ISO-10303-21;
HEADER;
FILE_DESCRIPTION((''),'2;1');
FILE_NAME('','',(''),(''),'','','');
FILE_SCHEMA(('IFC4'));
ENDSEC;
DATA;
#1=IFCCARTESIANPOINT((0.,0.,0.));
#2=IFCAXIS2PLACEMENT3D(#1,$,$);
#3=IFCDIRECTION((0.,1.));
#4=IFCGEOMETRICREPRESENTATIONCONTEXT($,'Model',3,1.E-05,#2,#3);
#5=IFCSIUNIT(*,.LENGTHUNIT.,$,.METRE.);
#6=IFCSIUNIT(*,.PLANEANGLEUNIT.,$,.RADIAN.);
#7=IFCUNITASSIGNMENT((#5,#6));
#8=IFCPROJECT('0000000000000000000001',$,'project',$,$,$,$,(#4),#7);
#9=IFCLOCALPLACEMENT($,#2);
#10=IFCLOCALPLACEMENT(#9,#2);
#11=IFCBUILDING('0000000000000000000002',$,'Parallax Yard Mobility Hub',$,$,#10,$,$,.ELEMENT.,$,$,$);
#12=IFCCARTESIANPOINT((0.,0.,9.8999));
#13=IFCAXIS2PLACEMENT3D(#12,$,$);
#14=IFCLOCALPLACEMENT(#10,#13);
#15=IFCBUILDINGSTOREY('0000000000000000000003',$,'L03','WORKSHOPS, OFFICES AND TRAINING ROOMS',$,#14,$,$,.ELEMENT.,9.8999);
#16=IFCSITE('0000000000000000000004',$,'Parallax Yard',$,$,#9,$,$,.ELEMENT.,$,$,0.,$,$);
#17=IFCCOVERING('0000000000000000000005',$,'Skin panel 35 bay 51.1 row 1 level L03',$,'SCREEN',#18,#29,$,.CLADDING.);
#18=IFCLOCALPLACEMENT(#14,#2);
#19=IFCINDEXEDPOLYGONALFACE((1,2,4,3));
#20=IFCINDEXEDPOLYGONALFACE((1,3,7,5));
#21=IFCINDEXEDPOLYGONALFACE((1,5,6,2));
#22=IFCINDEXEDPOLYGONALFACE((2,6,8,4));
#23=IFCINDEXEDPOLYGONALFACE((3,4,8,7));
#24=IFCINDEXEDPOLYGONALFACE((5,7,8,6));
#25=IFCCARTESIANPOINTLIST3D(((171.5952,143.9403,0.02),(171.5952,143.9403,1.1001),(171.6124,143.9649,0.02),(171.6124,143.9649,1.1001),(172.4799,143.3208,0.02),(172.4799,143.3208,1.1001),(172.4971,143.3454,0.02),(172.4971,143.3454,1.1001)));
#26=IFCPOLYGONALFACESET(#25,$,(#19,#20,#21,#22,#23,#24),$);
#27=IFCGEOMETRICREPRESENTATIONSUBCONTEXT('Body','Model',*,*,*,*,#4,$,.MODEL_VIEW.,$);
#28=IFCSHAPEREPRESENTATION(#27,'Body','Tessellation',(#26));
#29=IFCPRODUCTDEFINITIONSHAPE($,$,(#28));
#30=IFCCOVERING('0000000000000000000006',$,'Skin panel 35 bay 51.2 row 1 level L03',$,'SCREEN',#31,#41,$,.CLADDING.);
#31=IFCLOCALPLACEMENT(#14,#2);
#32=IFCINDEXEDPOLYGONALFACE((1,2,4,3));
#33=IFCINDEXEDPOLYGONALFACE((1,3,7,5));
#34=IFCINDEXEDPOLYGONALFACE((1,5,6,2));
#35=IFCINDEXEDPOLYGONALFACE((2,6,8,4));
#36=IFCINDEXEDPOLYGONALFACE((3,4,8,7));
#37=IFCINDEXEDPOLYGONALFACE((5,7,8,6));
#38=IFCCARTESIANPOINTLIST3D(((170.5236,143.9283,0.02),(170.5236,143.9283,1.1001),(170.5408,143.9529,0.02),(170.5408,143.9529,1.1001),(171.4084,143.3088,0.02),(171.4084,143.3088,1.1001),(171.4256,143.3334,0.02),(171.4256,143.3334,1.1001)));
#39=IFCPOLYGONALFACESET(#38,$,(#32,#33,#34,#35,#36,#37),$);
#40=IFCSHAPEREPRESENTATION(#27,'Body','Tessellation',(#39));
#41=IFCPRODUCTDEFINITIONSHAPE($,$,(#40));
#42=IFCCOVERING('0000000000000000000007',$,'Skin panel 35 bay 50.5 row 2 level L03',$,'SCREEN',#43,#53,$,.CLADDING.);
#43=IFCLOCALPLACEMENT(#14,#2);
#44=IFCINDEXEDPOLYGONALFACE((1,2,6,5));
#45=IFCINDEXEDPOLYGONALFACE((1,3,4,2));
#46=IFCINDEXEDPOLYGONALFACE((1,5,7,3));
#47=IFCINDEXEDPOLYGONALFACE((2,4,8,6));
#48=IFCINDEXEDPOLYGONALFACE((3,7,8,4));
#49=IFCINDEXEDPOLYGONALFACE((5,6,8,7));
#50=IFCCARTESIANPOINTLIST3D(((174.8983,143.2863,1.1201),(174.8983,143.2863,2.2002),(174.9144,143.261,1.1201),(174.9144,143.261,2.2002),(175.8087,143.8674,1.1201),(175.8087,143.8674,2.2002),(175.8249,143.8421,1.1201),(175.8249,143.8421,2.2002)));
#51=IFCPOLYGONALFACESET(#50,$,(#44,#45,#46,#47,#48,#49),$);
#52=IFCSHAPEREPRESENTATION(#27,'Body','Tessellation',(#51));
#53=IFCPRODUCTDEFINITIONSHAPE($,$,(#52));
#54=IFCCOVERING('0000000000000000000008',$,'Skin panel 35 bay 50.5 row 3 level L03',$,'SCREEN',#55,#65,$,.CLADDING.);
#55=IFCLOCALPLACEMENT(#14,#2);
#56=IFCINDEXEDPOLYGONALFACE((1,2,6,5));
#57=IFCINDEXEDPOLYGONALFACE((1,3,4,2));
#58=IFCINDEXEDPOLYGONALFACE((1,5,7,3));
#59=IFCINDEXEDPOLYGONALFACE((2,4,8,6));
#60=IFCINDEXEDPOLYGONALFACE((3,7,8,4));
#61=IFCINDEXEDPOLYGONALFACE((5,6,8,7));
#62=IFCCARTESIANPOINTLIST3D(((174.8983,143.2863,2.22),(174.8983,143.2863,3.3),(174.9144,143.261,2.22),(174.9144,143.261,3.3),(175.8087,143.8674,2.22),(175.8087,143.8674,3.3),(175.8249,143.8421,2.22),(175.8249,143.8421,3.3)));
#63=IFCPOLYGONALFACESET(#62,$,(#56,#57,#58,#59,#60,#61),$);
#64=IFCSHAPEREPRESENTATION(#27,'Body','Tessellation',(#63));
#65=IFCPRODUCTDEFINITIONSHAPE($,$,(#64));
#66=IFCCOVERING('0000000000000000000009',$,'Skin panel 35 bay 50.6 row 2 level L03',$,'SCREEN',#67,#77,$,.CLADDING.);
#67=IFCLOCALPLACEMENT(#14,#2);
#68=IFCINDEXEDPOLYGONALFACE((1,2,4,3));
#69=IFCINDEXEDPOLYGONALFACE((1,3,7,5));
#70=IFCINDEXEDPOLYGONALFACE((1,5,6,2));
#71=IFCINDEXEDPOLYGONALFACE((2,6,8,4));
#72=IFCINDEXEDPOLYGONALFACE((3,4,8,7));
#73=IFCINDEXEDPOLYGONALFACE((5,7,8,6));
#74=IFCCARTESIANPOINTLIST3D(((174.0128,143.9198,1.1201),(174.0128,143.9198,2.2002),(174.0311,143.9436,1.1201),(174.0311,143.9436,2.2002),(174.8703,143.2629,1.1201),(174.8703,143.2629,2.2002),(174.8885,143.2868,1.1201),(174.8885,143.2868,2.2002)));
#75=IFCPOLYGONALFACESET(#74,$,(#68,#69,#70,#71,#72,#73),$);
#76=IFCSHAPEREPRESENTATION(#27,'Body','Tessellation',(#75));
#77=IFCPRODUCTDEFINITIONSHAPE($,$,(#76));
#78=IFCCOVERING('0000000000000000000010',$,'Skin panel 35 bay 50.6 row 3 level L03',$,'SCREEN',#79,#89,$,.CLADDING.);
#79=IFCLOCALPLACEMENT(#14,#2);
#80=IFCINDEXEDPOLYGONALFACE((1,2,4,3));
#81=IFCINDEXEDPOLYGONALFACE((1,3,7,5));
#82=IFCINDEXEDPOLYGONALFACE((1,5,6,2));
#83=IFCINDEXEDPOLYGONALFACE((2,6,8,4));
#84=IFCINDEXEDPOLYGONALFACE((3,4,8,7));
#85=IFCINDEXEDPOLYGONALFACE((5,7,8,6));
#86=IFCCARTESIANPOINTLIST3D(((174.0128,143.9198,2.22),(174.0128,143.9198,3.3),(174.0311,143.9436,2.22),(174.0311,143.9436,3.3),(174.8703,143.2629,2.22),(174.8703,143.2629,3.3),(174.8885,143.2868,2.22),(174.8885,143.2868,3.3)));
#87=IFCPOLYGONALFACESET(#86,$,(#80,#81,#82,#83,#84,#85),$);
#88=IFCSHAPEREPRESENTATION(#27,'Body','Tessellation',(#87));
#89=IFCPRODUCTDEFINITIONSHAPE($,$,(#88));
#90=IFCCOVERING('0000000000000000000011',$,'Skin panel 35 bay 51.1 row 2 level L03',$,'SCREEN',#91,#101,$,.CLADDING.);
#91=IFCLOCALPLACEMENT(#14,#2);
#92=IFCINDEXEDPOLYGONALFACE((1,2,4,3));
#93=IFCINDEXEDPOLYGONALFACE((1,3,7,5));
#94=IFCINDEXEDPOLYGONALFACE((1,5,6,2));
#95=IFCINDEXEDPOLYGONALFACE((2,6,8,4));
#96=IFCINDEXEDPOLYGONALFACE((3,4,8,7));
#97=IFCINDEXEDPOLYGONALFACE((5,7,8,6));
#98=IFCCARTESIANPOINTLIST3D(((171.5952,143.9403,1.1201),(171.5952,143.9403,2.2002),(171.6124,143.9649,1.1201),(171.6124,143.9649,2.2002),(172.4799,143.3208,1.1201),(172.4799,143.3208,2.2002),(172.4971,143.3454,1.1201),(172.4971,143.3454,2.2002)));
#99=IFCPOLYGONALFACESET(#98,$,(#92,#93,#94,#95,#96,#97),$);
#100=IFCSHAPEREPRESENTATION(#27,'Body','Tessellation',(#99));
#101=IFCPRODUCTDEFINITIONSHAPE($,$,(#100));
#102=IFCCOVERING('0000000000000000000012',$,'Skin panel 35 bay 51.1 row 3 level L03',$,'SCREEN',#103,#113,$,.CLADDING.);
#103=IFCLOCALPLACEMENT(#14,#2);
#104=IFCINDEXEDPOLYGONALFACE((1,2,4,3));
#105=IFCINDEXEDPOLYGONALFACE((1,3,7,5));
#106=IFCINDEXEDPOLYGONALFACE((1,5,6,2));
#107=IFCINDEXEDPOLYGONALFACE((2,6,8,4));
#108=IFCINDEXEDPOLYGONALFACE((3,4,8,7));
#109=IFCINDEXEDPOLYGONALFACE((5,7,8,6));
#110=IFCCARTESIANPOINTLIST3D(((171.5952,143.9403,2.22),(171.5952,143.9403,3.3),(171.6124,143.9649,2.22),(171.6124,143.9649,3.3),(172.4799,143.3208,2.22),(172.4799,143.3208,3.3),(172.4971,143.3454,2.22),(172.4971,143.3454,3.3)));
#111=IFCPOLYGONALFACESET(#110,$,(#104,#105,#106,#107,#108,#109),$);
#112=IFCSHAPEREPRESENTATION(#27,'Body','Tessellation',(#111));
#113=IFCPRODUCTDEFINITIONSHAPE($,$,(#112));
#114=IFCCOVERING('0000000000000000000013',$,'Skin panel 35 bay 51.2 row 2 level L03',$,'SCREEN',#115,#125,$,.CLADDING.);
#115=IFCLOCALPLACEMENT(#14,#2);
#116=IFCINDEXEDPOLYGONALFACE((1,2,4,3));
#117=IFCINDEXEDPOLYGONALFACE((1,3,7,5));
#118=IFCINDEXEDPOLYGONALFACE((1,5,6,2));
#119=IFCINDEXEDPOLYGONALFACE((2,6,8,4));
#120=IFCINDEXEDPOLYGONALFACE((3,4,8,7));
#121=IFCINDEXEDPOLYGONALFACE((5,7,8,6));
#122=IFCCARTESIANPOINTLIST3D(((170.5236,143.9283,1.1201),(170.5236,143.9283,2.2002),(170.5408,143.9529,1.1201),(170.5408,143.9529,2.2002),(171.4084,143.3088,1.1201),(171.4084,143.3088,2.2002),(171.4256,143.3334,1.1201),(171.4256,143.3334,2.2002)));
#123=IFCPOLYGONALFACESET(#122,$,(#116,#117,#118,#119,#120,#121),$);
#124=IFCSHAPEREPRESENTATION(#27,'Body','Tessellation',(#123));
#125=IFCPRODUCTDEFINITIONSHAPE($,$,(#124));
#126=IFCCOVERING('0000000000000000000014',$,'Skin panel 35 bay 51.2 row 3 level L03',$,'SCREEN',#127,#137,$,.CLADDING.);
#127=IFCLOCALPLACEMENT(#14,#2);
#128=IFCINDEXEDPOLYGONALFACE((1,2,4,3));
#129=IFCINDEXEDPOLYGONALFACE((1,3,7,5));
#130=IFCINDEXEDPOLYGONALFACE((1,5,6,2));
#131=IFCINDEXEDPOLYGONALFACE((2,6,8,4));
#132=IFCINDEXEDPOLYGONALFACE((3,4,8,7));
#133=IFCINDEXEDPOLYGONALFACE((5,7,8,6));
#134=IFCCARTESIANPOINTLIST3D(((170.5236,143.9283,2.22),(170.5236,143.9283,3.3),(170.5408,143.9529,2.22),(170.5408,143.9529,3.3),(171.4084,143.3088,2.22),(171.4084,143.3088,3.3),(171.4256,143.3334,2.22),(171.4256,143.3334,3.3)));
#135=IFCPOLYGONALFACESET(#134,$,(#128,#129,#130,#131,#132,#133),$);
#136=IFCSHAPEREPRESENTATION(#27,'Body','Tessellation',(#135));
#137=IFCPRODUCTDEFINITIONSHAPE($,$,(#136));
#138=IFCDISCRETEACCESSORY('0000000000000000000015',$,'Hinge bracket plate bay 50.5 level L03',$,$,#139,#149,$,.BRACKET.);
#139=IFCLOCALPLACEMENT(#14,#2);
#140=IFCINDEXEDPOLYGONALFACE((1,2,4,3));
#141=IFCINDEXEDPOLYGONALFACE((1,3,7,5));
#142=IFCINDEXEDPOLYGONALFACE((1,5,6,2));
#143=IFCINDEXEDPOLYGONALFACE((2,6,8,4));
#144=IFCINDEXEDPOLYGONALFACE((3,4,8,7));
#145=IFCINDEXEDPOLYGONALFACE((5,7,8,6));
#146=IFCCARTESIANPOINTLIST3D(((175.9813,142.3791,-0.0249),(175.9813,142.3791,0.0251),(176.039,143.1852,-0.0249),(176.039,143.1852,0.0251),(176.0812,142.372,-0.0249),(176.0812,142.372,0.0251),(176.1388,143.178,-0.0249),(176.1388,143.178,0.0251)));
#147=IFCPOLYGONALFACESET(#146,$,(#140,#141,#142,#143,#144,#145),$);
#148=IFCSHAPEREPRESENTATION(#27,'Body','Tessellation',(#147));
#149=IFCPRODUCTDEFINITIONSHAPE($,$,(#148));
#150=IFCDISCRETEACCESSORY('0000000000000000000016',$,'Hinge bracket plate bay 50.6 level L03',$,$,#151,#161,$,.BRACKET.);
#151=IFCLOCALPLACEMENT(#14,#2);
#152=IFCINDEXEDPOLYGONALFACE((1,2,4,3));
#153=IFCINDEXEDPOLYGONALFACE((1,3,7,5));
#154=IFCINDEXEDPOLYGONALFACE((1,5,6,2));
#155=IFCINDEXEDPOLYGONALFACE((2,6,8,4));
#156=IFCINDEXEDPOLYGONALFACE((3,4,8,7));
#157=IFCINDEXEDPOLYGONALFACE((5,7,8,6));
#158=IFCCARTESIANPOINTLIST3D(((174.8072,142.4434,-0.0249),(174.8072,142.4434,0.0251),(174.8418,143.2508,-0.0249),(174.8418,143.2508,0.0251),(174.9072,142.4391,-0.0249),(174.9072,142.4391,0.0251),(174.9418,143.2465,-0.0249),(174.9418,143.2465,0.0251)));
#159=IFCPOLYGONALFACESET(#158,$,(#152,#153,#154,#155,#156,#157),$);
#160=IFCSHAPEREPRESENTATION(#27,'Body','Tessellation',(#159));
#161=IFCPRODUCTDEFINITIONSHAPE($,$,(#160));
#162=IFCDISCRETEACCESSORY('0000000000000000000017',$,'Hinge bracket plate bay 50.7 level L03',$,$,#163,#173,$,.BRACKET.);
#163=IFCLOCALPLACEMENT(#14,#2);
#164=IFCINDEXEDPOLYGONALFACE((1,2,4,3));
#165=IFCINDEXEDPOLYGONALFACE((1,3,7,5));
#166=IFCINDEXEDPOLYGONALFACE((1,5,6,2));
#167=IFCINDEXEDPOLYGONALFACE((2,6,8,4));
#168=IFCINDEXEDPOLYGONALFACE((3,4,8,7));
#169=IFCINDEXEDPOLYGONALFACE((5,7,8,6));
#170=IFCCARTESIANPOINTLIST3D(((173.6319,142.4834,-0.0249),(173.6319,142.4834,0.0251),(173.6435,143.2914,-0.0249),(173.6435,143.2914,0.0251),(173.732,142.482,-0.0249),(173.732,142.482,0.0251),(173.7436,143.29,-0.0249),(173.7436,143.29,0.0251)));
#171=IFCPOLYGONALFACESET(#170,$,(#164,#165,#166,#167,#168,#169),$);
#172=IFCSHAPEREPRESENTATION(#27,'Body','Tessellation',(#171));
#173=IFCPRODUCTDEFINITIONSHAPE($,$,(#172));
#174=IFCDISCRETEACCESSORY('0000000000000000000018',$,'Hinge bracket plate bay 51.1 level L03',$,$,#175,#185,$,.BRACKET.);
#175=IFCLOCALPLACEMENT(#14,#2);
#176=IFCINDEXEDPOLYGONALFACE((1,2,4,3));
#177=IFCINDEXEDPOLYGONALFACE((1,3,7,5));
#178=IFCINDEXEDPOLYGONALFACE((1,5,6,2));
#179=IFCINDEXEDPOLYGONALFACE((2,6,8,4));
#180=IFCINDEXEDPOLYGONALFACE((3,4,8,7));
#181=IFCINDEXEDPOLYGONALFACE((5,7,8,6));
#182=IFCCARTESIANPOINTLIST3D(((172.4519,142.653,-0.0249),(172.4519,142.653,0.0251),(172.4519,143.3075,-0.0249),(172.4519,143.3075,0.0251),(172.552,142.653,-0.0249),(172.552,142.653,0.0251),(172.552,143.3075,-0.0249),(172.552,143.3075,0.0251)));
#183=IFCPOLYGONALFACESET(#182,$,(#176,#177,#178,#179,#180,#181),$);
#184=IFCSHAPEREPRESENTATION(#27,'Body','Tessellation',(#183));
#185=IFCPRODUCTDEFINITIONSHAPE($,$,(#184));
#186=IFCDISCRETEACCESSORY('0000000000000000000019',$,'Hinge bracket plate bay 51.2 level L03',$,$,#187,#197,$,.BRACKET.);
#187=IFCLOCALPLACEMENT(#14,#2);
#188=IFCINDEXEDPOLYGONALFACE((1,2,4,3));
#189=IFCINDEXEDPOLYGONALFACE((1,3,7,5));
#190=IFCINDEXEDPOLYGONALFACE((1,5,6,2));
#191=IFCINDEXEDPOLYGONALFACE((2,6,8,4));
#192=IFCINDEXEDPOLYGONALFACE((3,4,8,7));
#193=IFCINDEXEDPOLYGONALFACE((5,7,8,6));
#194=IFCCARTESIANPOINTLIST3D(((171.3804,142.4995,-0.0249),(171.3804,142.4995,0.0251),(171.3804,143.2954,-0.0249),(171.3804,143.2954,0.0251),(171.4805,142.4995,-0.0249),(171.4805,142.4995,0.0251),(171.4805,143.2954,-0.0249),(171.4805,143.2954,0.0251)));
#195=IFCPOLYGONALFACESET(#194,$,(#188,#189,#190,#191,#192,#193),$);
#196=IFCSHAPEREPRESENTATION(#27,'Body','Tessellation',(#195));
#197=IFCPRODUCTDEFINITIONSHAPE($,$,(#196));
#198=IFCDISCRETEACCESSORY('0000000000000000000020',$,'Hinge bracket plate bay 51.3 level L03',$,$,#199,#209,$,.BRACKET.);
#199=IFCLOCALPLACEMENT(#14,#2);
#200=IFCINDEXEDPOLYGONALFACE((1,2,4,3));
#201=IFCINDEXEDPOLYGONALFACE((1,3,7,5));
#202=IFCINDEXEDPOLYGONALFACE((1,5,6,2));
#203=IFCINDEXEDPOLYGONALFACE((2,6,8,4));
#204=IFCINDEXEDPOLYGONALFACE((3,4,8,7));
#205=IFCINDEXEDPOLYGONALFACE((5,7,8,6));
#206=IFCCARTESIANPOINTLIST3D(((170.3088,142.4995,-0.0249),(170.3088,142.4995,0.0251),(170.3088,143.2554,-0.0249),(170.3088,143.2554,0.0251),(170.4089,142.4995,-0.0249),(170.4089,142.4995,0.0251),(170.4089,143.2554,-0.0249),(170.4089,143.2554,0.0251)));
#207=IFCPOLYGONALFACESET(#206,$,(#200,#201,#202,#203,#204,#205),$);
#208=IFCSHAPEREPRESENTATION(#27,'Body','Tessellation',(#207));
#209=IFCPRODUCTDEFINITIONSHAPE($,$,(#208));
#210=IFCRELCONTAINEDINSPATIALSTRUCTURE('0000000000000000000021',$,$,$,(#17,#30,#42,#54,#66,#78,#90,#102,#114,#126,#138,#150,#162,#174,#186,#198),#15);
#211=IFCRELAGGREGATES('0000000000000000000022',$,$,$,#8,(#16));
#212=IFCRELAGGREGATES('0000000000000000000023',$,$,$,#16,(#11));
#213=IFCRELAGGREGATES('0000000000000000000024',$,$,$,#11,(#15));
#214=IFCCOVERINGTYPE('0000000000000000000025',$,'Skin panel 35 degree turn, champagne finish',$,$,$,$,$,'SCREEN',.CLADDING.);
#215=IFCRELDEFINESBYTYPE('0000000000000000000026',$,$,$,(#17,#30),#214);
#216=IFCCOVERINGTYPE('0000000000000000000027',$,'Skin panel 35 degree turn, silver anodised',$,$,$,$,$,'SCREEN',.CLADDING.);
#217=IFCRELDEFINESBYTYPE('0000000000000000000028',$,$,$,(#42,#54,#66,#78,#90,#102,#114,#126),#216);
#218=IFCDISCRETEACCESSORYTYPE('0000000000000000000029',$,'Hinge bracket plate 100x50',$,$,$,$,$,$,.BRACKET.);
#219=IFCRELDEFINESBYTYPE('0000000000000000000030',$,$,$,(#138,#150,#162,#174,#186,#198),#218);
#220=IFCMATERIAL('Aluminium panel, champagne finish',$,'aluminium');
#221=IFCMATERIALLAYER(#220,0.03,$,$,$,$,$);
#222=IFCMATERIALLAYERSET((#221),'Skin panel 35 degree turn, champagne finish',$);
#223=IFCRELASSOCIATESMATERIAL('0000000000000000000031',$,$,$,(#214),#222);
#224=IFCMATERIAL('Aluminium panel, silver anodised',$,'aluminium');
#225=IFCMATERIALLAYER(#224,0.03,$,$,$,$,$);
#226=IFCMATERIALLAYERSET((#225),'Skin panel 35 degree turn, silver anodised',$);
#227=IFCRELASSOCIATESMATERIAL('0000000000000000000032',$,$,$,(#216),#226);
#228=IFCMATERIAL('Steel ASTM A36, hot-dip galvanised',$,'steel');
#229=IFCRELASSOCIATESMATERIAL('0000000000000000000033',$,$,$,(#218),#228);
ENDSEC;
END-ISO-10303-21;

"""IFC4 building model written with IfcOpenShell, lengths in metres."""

from ifc_helpers import new_model, si_unit, direction, frame, origin, origin_2d, place, context, subcontext, project, spatial, rectangle, extrude, material, layer, layer_set, type_object, element, save


model = new_model("IFC4")

# Units and contexts
model_context = context("Model", 3, precision=1e-05, world=origin(), true_north=direction((0.0, 1.0)))
body_context = subcontext(model_context, "Body", "Model", "MODEL_VIEW")
ifc_project = project(units=[si_unit("LENGTHUNIT", "METRE"), si_unit("PLANEANGLEUNIT", "RADIAN")], contexts=[model_context])

# Site, building, storey
site_placement = place(None, origin())
site = spatial("IfcSite", under=ifc_project, at=site_placement, Name="Parallax Yard", CompositionType="ELEMENT", RefElevation=0.0)
building_placement = place(site_placement, origin())
building = spatial("IfcBuilding", under=site, at=building_placement, Name="Parallax Yard Mobility Hub", CompositionType="ELEMENT")
storey_placement = place(building_placement, frame((0.0, 0.0, 9.8999)))
storey = spatial("IfcBuildingStorey", under=building, at=storey_placement, Name="L03", Description="WORKSHOPS, OFFICES AND TRAINING ROOMS", CompositionType="ELEMENT", Elevation=9.8999)

# Coverings
ifc_material_1 = material(Name="Aluminium panel, champagne finish", Category="aluminium")
ifc_material_2 = material(Name="Aluminium panel, silver anodised", Category="aluminium")
ifc_layer_1 = layer(ifc_material_1, 0.03)
ifc_layer_set_1 = layer_set([ifc_layer_1], Name="Skin panel 35 degree turn, champagne finish")
covering_type_1 = type_object("IfcCoveringType", Name="Skin panel 35 degree turn, champagne finish", ElementType="SCREEN", PredefinedType="CLADDING", material=ifc_layer_set_1)
for number, where, z_axis, x_axis, name in (
    (1, (172.0461, 143.6428, 0.02), (0.0, 0.0, 1.0), (-0.819152, 0.573576, 0.0), "Skin panel 35 bay 51.1 row 1 level L03"),
    (2, (170.9746, 143.6309, 0.02), (0.0, 0.0, 1.0), (-0.819152, 0.573576, 0.0), "Skin panel 35 bay 51.2 row 1 level L03"),
):
    element("IfcCovering", number, at=place(storey_placement, frame(where, z_axis=z_axis, x_axis=x_axis)), inside=storey, type_object=covering_type_1, Name=name, ObjectType="SCREEN", PredefinedType="CLADDING", context=body_context, shape_type="SweptSolid", body=[
        extrude(rectangle(XDim=1.0801, YDim=0.03, at=origin_2d()), origin(), (0.0, 0.0, 1.0), 1.0801),
    ])
ifc_layer_2 = layer(ifc_material_2, 0.03)
ifc_layer_set_2 = layer_set([ifc_layer_2], Name="Skin panel 35 degree turn, silver anodised")
covering_type_2 = type_object("IfcCoveringType", Name="Skin panel 35 degree turn, silver anodised", ElementType="SCREEN", PredefinedType="CLADDING", material=ifc_layer_set_2)
for number, where, z_axis, x_axis, name in (
    (3, (175.3616, 143.5642, 1.1201), (0.0, 0.0, 1.0), (0.842964, 0.537969, 0.0), "Skin panel 35 bay 50.5 row 2 level L03"),
    (4, (175.3616, 143.5642, 2.22), (0.0, 0.0, 1.0), (0.842964, 0.537969, 0.0), "Skin panel 35 bay 50.5 row 3 level L03"),
    (5, (174.4507, 143.6033, 1.1201), (0.0, 0.0, 1.0), (-0.793837, 0.608131, 0.0), "Skin panel 35 bay 50.6 row 2 level L03"),
    (6, (174.4507, 143.6033, 2.22), (0.0, 0.0, 1.0), (-0.793837, 0.608131, 0.0), "Skin panel 35 bay 50.6 row 3 level L03"),
    (7, (172.0461, 143.6428, 1.1201), (0.0, 0.0, 1.0), (-0.819152, 0.573576, 0.0), "Skin panel 35 bay 51.1 row 2 level L03"),
    (8, (172.0461, 143.6428, 2.22), (0.0, 0.0, 1.0), (-0.819152, 0.573576, 0.0), "Skin panel 35 bay 51.1 row 3 level L03"),
    (9, (170.9746, 143.6309, 1.1201), (0.0, 0.0, 1.0), (-0.819152, 0.573576, 0.0), "Skin panel 35 bay 51.2 row 2 level L03"),
    (10, (170.9746, 143.6309, 2.22), (0.0, 0.0, 1.0), (-0.819152, 0.573576, 0.0), "Skin panel 35 bay 51.2 row 3 level L03"),
):
    element("IfcCovering", number, at=place(storey_placement, frame(where, z_axis=z_axis, x_axis=x_axis)), inside=storey, type_object=covering_type_2, Name=name, ObjectType="SCREEN", PredefinedType="CLADDING", context=body_context, shape_type="SweptSolid", body=[
        extrude(rectangle(XDim=1.0801, YDim=0.03, at=origin_2d()), origin(), (0.0, 0.0, 1.0), 1.0801),
    ])

# Discrete accessories
ifc_material_3 = material(Name="Steel ASTM A36, hot-dip galvanised", Category="steel")
discrete_accessory_type_1 = type_object("IfcDiscreteAccessoryType", Name="Hinge bracket plate 100x50", PredefinedType="BRACKET", material=ifc_material_3)
for number, where, z_axis, x_axis, name in (
    (11, (176.0601, 142.7786, -0.0249), (0.0, 0.0, 1.0), (0.071339, 0.997452, 0.0), "Hinge bracket plate bay 50.5 level L03"),
    (12, (174.8745, 142.845, -0.0249), (0.0, 0.0, 1.0), (0.042826, 0.999083, 0.0), "Hinge bracket plate bay 50.6 level L03"),
    (13, (173.6877, 142.8867, -0.0249), (0.0, 0.0, 1.0), (0.01428, 0.999898, 0.0), "Hinge bracket plate bay 50.7 level L03"),
):
    element("IfcDiscreteAccessory", number, at=place(storey_placement, frame(where, z_axis=z_axis, x_axis=x_axis)), inside=storey, type_object=discrete_accessory_type_1, Name=name, PredefinedType="BRACKET", context=body_context, shape_type="SweptSolid", body=[
        extrude(rectangle(XDim=0.8081, YDim=0.1001, at=origin_2d()), origin(), (0.0, 0.0, 1.0), 0.05),
    ])
discrete_accessory_1_placement = place(storey_placement, frame((172.502, 142.9802, -0.0249), z_axis=(0.0, 0.0, 1.0), x_axis=(0.0, 1.0, 0.0)))
element("IfcDiscreteAccessory", 14, at=discrete_accessory_1_placement, inside=storey, type_object=discrete_accessory_type_1, Name="Hinge bracket plate bay 51.1 level L03", PredefinedType="BRACKET", context=body_context, shape_type="SweptSolid", body=[
    extrude(rectangle(XDim=0.6545, YDim=0.1001, at=origin_2d()), origin(), (0.0, 0.0, 1.0), 0.05),
])
discrete_accessory_2_placement = place(storey_placement, frame((171.4304, 142.8975, -0.0249), z_axis=(0.0, 0.0, 1.0), x_axis=(0.0, 1.0, 0.0)))
element("IfcDiscreteAccessory", 15, at=discrete_accessory_2_placement, inside=storey, type_object=discrete_accessory_type_1, Name="Hinge bracket plate bay 51.2 level L03", PredefinedType="BRACKET", context=body_context, shape_type="SweptSolid", body=[
    extrude(rectangle(XDim=0.7959, YDim=0.1001, at=origin_2d()), origin(), (0.0, 0.0, 1.0), 0.05),
])
discrete_accessory_3_placement = place(storey_placement, frame((170.3589, 142.8774, -0.0249), z_axis=(0.0, 0.0, 1.0), x_axis=(0.0, 1.0, 0.0)))
element("IfcDiscreteAccessory", 16, at=discrete_accessory_3_placement, inside=storey, type_object=discrete_accessory_type_1, Name="Hinge bracket plate bay 51.3 level L03", PredefinedType="BRACKET", context=body_context, shape_type="SweptSolid", body=[
    extrude(rectangle(XDim=0.7559, YDim=0.1001, at=origin_2d()), origin(), (0.0, 0.0, 1.0), 0.05),
])

save(model, "model.ifc")
